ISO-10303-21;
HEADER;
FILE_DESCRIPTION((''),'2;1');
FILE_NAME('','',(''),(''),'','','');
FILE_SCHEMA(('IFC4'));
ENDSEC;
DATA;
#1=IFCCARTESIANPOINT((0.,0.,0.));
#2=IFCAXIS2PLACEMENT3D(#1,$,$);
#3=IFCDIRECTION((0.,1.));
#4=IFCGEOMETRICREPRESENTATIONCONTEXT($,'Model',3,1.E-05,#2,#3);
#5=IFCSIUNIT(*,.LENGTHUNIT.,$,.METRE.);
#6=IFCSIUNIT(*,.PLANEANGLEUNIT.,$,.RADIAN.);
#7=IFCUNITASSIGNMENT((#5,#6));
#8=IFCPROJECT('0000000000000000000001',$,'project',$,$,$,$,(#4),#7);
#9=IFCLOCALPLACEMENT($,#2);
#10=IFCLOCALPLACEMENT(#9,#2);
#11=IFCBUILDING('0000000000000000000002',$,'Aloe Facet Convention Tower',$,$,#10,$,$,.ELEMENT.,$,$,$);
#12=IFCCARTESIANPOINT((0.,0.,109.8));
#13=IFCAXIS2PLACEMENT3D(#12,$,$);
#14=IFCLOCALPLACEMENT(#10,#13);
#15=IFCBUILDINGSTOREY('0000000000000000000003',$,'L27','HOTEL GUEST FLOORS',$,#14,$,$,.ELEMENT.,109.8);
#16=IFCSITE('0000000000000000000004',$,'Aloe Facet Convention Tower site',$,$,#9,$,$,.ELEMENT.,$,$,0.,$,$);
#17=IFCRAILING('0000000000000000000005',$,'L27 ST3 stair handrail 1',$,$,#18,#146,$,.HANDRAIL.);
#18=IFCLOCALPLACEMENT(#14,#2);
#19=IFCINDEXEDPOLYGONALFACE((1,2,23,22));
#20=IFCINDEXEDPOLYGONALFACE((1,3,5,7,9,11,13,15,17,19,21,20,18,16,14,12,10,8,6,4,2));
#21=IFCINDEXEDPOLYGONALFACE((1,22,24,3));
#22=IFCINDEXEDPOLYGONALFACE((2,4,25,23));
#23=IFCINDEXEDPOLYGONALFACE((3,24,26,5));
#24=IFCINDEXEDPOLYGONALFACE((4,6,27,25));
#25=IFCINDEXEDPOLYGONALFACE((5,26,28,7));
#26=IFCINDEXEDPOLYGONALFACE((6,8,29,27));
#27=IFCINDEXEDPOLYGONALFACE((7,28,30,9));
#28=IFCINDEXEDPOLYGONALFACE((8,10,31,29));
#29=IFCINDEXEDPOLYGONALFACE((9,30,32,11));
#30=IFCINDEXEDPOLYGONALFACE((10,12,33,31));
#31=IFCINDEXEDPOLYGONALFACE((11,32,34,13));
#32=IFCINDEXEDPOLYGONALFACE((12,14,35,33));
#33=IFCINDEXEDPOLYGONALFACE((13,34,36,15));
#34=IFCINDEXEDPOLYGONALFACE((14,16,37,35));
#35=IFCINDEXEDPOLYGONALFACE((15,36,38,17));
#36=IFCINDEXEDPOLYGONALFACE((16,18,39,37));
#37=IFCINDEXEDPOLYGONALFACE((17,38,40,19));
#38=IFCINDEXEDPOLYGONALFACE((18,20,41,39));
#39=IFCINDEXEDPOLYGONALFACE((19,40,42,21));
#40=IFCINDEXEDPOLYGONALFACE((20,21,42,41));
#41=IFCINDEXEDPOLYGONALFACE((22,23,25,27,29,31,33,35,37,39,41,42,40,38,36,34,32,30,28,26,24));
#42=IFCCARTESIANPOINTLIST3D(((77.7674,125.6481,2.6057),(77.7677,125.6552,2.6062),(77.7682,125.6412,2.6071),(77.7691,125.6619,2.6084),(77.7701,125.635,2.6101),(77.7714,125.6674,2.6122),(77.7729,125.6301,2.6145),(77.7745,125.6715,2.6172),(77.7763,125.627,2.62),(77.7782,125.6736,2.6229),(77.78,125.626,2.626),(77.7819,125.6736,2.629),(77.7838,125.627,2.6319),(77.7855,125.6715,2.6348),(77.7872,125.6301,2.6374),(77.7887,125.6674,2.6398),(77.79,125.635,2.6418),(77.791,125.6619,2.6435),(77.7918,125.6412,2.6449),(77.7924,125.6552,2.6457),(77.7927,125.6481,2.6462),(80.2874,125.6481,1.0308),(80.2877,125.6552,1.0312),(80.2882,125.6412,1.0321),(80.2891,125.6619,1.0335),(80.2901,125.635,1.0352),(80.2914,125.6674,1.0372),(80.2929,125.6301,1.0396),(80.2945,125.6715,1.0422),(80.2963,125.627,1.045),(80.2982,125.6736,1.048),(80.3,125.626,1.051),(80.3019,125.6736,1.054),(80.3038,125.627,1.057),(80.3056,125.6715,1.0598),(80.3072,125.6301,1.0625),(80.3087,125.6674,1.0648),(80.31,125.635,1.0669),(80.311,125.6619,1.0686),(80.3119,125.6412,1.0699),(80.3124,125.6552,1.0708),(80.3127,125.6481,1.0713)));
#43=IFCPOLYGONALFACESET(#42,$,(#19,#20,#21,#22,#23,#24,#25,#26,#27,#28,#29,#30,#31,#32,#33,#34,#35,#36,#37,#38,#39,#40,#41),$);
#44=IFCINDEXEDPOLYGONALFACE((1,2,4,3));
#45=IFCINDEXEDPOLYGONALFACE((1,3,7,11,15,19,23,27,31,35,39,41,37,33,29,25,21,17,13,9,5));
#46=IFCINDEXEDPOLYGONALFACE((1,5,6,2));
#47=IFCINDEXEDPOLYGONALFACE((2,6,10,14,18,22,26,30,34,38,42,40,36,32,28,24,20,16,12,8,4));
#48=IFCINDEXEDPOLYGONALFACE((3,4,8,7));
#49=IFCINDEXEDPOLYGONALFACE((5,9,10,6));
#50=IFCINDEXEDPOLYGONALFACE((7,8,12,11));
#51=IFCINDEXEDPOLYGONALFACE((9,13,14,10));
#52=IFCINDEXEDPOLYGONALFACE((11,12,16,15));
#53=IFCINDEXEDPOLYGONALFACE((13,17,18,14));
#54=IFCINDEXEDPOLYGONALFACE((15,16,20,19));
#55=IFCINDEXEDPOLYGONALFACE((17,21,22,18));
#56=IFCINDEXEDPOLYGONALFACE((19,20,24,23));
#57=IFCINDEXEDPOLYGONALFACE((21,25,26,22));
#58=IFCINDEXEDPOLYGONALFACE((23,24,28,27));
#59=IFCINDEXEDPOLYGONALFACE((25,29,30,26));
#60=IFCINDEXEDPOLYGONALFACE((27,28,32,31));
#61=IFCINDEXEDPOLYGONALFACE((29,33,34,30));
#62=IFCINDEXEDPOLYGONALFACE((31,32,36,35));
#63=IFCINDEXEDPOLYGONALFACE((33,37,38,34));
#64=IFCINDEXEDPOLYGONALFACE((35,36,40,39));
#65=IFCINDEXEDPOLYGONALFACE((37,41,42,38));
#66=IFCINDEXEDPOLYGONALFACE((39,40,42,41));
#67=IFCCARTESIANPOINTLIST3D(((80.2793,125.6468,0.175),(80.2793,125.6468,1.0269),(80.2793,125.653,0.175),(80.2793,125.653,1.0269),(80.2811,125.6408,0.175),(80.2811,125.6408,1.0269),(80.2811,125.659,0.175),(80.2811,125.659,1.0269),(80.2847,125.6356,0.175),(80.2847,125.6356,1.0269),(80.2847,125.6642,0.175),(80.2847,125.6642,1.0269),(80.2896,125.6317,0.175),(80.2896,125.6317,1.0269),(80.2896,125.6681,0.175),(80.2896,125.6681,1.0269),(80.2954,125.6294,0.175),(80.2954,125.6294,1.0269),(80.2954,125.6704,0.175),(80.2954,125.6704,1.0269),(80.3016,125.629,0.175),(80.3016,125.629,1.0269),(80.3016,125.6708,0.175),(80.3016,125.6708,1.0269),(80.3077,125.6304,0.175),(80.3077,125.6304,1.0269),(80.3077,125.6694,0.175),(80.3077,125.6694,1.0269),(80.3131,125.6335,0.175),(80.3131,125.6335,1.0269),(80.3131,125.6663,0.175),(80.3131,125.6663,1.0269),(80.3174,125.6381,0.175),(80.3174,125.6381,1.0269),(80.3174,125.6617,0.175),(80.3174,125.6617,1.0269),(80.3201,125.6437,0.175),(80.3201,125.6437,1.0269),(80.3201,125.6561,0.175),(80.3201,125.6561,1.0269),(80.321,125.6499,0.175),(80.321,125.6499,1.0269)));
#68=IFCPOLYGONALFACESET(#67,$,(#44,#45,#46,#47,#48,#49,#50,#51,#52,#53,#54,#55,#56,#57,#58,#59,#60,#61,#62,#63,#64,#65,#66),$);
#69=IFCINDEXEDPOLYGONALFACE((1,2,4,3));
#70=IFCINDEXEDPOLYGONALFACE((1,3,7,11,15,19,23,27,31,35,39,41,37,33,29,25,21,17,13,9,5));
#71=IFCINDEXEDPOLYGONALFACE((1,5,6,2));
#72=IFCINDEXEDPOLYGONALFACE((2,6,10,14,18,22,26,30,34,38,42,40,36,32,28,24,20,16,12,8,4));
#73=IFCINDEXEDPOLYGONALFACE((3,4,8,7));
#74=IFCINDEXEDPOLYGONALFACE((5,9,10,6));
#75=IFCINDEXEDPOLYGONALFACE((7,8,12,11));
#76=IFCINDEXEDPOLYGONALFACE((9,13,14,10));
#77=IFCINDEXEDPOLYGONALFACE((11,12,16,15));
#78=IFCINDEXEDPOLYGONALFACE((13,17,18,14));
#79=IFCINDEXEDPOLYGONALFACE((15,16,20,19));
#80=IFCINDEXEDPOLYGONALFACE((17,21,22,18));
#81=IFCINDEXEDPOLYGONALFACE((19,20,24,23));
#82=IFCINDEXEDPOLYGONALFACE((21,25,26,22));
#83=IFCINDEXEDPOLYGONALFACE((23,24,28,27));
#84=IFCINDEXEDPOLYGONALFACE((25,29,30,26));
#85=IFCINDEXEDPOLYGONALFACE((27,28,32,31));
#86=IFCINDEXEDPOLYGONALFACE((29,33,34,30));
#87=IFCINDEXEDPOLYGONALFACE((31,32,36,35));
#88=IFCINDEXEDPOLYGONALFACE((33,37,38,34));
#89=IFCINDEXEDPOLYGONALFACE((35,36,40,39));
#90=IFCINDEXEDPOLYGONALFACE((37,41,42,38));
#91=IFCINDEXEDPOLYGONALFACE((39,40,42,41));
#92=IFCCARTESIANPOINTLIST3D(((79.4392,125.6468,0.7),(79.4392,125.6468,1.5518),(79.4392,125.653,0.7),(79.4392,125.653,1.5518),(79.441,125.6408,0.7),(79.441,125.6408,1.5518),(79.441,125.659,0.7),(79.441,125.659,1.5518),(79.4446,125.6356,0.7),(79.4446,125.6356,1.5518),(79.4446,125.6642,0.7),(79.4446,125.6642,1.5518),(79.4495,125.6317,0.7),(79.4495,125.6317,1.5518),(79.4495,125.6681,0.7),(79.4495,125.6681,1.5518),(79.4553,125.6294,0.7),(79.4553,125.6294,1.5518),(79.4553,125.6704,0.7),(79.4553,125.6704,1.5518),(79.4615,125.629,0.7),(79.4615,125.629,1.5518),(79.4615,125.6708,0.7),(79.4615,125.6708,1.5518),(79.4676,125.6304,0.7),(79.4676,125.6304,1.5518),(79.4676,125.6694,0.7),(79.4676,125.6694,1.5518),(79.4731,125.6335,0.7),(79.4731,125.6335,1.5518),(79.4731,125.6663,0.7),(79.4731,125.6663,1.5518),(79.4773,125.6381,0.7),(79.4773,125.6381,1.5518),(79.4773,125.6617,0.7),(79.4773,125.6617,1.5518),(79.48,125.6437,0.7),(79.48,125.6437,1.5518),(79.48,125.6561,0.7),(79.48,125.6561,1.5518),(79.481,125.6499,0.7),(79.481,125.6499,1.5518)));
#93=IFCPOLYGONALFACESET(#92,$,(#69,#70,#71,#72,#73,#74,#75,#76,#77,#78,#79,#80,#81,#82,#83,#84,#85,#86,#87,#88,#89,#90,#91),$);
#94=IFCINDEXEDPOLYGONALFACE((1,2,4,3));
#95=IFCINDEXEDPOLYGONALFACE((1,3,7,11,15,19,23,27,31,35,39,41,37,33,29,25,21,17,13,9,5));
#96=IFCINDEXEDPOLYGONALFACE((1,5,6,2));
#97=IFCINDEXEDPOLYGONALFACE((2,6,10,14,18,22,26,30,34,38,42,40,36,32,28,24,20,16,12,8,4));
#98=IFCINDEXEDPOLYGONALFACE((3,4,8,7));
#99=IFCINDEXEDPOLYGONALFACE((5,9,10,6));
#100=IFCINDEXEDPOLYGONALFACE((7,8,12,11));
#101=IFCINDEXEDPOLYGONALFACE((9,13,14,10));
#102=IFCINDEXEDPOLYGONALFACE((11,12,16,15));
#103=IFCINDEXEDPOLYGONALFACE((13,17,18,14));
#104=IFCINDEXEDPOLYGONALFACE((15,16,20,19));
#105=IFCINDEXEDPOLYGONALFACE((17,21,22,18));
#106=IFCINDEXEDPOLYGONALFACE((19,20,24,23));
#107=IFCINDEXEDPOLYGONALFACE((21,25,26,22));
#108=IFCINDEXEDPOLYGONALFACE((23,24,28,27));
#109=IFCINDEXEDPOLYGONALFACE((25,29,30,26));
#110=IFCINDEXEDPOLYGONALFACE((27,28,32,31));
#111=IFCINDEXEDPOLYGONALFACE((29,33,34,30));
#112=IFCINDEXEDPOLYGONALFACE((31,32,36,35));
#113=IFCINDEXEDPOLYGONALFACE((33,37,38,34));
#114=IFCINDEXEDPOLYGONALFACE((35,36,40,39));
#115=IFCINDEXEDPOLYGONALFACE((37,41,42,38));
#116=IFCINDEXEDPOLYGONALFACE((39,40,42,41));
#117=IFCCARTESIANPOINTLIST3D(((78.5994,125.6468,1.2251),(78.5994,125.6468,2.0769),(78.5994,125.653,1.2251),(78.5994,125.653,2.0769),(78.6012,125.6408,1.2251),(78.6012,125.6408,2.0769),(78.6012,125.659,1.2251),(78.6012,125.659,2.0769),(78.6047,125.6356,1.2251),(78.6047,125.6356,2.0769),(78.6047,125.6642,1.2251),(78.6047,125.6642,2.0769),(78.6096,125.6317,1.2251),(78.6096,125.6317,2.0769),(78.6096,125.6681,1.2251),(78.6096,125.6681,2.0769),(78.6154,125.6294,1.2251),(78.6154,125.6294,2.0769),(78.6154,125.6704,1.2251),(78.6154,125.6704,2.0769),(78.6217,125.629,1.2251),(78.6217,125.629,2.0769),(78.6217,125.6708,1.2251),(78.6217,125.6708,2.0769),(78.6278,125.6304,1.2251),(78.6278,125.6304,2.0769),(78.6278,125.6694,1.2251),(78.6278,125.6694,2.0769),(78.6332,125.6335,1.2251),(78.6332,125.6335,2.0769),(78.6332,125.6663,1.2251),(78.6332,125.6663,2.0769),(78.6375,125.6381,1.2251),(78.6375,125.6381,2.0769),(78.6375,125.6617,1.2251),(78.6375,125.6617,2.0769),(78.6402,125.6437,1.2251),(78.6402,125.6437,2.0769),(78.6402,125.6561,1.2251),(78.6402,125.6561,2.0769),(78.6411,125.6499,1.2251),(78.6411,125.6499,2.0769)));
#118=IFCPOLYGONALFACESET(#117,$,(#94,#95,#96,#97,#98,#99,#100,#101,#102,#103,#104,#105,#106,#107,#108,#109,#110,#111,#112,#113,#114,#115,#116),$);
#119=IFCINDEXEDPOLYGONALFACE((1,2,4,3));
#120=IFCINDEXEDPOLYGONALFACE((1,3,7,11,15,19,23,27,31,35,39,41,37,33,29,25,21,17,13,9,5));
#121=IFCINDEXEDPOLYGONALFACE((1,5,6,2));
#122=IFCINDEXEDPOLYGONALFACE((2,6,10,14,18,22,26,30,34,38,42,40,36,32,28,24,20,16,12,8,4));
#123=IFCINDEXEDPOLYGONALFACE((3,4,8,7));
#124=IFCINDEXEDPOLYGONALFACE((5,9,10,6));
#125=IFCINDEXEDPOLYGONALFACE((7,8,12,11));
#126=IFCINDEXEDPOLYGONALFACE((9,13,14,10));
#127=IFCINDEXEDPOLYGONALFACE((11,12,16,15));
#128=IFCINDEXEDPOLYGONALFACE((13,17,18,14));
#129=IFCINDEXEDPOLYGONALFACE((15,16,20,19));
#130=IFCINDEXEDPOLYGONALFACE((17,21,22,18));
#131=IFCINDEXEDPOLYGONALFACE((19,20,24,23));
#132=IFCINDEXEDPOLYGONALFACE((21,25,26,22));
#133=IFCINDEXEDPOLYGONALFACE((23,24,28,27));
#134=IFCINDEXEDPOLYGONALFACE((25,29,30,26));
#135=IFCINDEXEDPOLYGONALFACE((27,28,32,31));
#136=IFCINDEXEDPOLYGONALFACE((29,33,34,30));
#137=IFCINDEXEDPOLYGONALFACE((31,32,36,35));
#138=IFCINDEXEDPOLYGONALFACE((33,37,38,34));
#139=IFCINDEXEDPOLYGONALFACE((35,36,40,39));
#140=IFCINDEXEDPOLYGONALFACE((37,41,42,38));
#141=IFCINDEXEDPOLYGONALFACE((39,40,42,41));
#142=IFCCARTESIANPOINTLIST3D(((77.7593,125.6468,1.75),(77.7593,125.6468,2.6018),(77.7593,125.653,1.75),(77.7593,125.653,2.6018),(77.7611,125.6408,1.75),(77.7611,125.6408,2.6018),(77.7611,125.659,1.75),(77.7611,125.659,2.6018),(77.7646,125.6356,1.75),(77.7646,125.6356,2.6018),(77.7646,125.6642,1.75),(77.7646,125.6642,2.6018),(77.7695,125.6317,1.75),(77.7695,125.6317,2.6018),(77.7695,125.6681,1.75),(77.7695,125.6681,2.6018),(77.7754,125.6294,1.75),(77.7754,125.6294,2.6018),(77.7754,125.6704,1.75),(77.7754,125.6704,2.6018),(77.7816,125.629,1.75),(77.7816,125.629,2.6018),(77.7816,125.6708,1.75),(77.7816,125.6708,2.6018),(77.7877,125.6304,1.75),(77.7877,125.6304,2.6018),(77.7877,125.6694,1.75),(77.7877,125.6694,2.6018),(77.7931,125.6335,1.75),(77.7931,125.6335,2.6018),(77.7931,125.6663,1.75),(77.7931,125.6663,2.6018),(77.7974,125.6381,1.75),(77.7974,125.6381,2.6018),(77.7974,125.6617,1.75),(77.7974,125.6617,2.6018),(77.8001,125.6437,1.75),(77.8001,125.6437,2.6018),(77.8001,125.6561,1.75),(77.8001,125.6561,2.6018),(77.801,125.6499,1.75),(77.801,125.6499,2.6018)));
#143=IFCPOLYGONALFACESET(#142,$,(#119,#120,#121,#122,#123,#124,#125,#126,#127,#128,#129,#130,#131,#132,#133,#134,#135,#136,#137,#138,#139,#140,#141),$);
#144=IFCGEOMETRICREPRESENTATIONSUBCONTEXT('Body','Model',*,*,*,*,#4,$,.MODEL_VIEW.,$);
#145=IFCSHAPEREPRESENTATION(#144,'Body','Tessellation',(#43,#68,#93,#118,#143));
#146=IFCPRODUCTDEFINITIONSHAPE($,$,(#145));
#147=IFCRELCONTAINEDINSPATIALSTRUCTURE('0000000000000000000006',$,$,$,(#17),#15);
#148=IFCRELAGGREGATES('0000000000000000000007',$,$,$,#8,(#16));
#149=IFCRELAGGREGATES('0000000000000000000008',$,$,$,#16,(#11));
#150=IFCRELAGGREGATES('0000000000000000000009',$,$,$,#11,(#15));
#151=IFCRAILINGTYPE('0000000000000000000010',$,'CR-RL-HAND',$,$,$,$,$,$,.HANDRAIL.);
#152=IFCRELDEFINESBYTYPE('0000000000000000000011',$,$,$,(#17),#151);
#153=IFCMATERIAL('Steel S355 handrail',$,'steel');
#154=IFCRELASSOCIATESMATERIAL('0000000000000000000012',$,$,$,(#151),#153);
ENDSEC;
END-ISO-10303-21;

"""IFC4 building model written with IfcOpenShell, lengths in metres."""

from ifc_helpers import new_model, si_unit, direction, frame, origin, origin_2d, place, context, subcontext, project, spatial, circle, extrude, material, type_object, element, save


model = new_model("IFC4")

# Units and contexts
model_context = context("Model", 3, precision=1e-05, world=origin(), true_north=direction((0.0, 1.0)))
body_context = subcontext(model_context, "Body", "Model", "MODEL_VIEW")
ifc_project = project(units=[si_unit("LENGTHUNIT", "METRE"), si_unit("PLANEANGLEUNIT", "RADIAN")], contexts=[model_context])

# Site, building, storey
site_placement = place(None, origin())
site = spatial("IfcSite", under=ifc_project, at=site_placement, Name="Aloe Facet Convention Tower site", CompositionType="ELEMENT", RefElevation=0.0)
building_placement = place(site_placement, origin())
building = spatial("IfcBuilding", under=site, at=building_placement, Name="Aloe Facet Convention Tower", CompositionType="ELEMENT")
storey_placement = place(building_placement, frame((0.0, 0.0, 109.8)))
storey = spatial("IfcBuildingStorey", under=building, at=storey_placement, Name="L27", Description="HOTEL GUEST FLOORS", CompositionType="ELEMENT", Elevation=109.8)

# Railing
ifc_material_1 = material(Name="Steel S355 handrail", Category="steel")
railing_type_1 = type_object("IfcRailingType", Name="CR-RL-HAND", PredefinedType="HANDRAIL", material=ifc_material_1)
railing_1_placement = place(storey_placement, frame((80.3, 125.6499, 0.175)))
element("IfcRailing", 1, at=railing_1_placement, inside=storey, type_object=railing_type_1, Name="L27 ST3 stair handrail 1", PredefinedType="HANDRAIL", context=body_context, shape_type="SweptSolid", body=[
    extrude(circle(Radius=0.0239, at=origin_2d()), frame((0.0, 0.0, 0.876), z_axis=(-0.848008, 0.0, 0.529984), x_axis=(0.0, -1.0, 0.0)), (0.0, 0.0, 1.0), 2.9717),
    extrude(circle(Radius=0.021, at=origin_2d()), origin(), (0.0, 0.0, 1.0), 0.8518),
    extrude(circle(Radius=0.021, at=origin_2d()), frame((-0.8401, 0.0, 0.5249)), (0.0, 0.0, 1.0), 0.8518),
    extrude(circle(Radius=0.021, at=origin_2d()), frame((-1.6799, 0.0, 1.05)), (0.0, 0.0, 1.0), 0.8518),
    extrude(circle(Radius=0.021, at=origin_2d()), frame((-2.52, 0.0, 1.575)), (0.0, 0.0, 1.0), 0.8518),
])

save(model, "model.ifc")
